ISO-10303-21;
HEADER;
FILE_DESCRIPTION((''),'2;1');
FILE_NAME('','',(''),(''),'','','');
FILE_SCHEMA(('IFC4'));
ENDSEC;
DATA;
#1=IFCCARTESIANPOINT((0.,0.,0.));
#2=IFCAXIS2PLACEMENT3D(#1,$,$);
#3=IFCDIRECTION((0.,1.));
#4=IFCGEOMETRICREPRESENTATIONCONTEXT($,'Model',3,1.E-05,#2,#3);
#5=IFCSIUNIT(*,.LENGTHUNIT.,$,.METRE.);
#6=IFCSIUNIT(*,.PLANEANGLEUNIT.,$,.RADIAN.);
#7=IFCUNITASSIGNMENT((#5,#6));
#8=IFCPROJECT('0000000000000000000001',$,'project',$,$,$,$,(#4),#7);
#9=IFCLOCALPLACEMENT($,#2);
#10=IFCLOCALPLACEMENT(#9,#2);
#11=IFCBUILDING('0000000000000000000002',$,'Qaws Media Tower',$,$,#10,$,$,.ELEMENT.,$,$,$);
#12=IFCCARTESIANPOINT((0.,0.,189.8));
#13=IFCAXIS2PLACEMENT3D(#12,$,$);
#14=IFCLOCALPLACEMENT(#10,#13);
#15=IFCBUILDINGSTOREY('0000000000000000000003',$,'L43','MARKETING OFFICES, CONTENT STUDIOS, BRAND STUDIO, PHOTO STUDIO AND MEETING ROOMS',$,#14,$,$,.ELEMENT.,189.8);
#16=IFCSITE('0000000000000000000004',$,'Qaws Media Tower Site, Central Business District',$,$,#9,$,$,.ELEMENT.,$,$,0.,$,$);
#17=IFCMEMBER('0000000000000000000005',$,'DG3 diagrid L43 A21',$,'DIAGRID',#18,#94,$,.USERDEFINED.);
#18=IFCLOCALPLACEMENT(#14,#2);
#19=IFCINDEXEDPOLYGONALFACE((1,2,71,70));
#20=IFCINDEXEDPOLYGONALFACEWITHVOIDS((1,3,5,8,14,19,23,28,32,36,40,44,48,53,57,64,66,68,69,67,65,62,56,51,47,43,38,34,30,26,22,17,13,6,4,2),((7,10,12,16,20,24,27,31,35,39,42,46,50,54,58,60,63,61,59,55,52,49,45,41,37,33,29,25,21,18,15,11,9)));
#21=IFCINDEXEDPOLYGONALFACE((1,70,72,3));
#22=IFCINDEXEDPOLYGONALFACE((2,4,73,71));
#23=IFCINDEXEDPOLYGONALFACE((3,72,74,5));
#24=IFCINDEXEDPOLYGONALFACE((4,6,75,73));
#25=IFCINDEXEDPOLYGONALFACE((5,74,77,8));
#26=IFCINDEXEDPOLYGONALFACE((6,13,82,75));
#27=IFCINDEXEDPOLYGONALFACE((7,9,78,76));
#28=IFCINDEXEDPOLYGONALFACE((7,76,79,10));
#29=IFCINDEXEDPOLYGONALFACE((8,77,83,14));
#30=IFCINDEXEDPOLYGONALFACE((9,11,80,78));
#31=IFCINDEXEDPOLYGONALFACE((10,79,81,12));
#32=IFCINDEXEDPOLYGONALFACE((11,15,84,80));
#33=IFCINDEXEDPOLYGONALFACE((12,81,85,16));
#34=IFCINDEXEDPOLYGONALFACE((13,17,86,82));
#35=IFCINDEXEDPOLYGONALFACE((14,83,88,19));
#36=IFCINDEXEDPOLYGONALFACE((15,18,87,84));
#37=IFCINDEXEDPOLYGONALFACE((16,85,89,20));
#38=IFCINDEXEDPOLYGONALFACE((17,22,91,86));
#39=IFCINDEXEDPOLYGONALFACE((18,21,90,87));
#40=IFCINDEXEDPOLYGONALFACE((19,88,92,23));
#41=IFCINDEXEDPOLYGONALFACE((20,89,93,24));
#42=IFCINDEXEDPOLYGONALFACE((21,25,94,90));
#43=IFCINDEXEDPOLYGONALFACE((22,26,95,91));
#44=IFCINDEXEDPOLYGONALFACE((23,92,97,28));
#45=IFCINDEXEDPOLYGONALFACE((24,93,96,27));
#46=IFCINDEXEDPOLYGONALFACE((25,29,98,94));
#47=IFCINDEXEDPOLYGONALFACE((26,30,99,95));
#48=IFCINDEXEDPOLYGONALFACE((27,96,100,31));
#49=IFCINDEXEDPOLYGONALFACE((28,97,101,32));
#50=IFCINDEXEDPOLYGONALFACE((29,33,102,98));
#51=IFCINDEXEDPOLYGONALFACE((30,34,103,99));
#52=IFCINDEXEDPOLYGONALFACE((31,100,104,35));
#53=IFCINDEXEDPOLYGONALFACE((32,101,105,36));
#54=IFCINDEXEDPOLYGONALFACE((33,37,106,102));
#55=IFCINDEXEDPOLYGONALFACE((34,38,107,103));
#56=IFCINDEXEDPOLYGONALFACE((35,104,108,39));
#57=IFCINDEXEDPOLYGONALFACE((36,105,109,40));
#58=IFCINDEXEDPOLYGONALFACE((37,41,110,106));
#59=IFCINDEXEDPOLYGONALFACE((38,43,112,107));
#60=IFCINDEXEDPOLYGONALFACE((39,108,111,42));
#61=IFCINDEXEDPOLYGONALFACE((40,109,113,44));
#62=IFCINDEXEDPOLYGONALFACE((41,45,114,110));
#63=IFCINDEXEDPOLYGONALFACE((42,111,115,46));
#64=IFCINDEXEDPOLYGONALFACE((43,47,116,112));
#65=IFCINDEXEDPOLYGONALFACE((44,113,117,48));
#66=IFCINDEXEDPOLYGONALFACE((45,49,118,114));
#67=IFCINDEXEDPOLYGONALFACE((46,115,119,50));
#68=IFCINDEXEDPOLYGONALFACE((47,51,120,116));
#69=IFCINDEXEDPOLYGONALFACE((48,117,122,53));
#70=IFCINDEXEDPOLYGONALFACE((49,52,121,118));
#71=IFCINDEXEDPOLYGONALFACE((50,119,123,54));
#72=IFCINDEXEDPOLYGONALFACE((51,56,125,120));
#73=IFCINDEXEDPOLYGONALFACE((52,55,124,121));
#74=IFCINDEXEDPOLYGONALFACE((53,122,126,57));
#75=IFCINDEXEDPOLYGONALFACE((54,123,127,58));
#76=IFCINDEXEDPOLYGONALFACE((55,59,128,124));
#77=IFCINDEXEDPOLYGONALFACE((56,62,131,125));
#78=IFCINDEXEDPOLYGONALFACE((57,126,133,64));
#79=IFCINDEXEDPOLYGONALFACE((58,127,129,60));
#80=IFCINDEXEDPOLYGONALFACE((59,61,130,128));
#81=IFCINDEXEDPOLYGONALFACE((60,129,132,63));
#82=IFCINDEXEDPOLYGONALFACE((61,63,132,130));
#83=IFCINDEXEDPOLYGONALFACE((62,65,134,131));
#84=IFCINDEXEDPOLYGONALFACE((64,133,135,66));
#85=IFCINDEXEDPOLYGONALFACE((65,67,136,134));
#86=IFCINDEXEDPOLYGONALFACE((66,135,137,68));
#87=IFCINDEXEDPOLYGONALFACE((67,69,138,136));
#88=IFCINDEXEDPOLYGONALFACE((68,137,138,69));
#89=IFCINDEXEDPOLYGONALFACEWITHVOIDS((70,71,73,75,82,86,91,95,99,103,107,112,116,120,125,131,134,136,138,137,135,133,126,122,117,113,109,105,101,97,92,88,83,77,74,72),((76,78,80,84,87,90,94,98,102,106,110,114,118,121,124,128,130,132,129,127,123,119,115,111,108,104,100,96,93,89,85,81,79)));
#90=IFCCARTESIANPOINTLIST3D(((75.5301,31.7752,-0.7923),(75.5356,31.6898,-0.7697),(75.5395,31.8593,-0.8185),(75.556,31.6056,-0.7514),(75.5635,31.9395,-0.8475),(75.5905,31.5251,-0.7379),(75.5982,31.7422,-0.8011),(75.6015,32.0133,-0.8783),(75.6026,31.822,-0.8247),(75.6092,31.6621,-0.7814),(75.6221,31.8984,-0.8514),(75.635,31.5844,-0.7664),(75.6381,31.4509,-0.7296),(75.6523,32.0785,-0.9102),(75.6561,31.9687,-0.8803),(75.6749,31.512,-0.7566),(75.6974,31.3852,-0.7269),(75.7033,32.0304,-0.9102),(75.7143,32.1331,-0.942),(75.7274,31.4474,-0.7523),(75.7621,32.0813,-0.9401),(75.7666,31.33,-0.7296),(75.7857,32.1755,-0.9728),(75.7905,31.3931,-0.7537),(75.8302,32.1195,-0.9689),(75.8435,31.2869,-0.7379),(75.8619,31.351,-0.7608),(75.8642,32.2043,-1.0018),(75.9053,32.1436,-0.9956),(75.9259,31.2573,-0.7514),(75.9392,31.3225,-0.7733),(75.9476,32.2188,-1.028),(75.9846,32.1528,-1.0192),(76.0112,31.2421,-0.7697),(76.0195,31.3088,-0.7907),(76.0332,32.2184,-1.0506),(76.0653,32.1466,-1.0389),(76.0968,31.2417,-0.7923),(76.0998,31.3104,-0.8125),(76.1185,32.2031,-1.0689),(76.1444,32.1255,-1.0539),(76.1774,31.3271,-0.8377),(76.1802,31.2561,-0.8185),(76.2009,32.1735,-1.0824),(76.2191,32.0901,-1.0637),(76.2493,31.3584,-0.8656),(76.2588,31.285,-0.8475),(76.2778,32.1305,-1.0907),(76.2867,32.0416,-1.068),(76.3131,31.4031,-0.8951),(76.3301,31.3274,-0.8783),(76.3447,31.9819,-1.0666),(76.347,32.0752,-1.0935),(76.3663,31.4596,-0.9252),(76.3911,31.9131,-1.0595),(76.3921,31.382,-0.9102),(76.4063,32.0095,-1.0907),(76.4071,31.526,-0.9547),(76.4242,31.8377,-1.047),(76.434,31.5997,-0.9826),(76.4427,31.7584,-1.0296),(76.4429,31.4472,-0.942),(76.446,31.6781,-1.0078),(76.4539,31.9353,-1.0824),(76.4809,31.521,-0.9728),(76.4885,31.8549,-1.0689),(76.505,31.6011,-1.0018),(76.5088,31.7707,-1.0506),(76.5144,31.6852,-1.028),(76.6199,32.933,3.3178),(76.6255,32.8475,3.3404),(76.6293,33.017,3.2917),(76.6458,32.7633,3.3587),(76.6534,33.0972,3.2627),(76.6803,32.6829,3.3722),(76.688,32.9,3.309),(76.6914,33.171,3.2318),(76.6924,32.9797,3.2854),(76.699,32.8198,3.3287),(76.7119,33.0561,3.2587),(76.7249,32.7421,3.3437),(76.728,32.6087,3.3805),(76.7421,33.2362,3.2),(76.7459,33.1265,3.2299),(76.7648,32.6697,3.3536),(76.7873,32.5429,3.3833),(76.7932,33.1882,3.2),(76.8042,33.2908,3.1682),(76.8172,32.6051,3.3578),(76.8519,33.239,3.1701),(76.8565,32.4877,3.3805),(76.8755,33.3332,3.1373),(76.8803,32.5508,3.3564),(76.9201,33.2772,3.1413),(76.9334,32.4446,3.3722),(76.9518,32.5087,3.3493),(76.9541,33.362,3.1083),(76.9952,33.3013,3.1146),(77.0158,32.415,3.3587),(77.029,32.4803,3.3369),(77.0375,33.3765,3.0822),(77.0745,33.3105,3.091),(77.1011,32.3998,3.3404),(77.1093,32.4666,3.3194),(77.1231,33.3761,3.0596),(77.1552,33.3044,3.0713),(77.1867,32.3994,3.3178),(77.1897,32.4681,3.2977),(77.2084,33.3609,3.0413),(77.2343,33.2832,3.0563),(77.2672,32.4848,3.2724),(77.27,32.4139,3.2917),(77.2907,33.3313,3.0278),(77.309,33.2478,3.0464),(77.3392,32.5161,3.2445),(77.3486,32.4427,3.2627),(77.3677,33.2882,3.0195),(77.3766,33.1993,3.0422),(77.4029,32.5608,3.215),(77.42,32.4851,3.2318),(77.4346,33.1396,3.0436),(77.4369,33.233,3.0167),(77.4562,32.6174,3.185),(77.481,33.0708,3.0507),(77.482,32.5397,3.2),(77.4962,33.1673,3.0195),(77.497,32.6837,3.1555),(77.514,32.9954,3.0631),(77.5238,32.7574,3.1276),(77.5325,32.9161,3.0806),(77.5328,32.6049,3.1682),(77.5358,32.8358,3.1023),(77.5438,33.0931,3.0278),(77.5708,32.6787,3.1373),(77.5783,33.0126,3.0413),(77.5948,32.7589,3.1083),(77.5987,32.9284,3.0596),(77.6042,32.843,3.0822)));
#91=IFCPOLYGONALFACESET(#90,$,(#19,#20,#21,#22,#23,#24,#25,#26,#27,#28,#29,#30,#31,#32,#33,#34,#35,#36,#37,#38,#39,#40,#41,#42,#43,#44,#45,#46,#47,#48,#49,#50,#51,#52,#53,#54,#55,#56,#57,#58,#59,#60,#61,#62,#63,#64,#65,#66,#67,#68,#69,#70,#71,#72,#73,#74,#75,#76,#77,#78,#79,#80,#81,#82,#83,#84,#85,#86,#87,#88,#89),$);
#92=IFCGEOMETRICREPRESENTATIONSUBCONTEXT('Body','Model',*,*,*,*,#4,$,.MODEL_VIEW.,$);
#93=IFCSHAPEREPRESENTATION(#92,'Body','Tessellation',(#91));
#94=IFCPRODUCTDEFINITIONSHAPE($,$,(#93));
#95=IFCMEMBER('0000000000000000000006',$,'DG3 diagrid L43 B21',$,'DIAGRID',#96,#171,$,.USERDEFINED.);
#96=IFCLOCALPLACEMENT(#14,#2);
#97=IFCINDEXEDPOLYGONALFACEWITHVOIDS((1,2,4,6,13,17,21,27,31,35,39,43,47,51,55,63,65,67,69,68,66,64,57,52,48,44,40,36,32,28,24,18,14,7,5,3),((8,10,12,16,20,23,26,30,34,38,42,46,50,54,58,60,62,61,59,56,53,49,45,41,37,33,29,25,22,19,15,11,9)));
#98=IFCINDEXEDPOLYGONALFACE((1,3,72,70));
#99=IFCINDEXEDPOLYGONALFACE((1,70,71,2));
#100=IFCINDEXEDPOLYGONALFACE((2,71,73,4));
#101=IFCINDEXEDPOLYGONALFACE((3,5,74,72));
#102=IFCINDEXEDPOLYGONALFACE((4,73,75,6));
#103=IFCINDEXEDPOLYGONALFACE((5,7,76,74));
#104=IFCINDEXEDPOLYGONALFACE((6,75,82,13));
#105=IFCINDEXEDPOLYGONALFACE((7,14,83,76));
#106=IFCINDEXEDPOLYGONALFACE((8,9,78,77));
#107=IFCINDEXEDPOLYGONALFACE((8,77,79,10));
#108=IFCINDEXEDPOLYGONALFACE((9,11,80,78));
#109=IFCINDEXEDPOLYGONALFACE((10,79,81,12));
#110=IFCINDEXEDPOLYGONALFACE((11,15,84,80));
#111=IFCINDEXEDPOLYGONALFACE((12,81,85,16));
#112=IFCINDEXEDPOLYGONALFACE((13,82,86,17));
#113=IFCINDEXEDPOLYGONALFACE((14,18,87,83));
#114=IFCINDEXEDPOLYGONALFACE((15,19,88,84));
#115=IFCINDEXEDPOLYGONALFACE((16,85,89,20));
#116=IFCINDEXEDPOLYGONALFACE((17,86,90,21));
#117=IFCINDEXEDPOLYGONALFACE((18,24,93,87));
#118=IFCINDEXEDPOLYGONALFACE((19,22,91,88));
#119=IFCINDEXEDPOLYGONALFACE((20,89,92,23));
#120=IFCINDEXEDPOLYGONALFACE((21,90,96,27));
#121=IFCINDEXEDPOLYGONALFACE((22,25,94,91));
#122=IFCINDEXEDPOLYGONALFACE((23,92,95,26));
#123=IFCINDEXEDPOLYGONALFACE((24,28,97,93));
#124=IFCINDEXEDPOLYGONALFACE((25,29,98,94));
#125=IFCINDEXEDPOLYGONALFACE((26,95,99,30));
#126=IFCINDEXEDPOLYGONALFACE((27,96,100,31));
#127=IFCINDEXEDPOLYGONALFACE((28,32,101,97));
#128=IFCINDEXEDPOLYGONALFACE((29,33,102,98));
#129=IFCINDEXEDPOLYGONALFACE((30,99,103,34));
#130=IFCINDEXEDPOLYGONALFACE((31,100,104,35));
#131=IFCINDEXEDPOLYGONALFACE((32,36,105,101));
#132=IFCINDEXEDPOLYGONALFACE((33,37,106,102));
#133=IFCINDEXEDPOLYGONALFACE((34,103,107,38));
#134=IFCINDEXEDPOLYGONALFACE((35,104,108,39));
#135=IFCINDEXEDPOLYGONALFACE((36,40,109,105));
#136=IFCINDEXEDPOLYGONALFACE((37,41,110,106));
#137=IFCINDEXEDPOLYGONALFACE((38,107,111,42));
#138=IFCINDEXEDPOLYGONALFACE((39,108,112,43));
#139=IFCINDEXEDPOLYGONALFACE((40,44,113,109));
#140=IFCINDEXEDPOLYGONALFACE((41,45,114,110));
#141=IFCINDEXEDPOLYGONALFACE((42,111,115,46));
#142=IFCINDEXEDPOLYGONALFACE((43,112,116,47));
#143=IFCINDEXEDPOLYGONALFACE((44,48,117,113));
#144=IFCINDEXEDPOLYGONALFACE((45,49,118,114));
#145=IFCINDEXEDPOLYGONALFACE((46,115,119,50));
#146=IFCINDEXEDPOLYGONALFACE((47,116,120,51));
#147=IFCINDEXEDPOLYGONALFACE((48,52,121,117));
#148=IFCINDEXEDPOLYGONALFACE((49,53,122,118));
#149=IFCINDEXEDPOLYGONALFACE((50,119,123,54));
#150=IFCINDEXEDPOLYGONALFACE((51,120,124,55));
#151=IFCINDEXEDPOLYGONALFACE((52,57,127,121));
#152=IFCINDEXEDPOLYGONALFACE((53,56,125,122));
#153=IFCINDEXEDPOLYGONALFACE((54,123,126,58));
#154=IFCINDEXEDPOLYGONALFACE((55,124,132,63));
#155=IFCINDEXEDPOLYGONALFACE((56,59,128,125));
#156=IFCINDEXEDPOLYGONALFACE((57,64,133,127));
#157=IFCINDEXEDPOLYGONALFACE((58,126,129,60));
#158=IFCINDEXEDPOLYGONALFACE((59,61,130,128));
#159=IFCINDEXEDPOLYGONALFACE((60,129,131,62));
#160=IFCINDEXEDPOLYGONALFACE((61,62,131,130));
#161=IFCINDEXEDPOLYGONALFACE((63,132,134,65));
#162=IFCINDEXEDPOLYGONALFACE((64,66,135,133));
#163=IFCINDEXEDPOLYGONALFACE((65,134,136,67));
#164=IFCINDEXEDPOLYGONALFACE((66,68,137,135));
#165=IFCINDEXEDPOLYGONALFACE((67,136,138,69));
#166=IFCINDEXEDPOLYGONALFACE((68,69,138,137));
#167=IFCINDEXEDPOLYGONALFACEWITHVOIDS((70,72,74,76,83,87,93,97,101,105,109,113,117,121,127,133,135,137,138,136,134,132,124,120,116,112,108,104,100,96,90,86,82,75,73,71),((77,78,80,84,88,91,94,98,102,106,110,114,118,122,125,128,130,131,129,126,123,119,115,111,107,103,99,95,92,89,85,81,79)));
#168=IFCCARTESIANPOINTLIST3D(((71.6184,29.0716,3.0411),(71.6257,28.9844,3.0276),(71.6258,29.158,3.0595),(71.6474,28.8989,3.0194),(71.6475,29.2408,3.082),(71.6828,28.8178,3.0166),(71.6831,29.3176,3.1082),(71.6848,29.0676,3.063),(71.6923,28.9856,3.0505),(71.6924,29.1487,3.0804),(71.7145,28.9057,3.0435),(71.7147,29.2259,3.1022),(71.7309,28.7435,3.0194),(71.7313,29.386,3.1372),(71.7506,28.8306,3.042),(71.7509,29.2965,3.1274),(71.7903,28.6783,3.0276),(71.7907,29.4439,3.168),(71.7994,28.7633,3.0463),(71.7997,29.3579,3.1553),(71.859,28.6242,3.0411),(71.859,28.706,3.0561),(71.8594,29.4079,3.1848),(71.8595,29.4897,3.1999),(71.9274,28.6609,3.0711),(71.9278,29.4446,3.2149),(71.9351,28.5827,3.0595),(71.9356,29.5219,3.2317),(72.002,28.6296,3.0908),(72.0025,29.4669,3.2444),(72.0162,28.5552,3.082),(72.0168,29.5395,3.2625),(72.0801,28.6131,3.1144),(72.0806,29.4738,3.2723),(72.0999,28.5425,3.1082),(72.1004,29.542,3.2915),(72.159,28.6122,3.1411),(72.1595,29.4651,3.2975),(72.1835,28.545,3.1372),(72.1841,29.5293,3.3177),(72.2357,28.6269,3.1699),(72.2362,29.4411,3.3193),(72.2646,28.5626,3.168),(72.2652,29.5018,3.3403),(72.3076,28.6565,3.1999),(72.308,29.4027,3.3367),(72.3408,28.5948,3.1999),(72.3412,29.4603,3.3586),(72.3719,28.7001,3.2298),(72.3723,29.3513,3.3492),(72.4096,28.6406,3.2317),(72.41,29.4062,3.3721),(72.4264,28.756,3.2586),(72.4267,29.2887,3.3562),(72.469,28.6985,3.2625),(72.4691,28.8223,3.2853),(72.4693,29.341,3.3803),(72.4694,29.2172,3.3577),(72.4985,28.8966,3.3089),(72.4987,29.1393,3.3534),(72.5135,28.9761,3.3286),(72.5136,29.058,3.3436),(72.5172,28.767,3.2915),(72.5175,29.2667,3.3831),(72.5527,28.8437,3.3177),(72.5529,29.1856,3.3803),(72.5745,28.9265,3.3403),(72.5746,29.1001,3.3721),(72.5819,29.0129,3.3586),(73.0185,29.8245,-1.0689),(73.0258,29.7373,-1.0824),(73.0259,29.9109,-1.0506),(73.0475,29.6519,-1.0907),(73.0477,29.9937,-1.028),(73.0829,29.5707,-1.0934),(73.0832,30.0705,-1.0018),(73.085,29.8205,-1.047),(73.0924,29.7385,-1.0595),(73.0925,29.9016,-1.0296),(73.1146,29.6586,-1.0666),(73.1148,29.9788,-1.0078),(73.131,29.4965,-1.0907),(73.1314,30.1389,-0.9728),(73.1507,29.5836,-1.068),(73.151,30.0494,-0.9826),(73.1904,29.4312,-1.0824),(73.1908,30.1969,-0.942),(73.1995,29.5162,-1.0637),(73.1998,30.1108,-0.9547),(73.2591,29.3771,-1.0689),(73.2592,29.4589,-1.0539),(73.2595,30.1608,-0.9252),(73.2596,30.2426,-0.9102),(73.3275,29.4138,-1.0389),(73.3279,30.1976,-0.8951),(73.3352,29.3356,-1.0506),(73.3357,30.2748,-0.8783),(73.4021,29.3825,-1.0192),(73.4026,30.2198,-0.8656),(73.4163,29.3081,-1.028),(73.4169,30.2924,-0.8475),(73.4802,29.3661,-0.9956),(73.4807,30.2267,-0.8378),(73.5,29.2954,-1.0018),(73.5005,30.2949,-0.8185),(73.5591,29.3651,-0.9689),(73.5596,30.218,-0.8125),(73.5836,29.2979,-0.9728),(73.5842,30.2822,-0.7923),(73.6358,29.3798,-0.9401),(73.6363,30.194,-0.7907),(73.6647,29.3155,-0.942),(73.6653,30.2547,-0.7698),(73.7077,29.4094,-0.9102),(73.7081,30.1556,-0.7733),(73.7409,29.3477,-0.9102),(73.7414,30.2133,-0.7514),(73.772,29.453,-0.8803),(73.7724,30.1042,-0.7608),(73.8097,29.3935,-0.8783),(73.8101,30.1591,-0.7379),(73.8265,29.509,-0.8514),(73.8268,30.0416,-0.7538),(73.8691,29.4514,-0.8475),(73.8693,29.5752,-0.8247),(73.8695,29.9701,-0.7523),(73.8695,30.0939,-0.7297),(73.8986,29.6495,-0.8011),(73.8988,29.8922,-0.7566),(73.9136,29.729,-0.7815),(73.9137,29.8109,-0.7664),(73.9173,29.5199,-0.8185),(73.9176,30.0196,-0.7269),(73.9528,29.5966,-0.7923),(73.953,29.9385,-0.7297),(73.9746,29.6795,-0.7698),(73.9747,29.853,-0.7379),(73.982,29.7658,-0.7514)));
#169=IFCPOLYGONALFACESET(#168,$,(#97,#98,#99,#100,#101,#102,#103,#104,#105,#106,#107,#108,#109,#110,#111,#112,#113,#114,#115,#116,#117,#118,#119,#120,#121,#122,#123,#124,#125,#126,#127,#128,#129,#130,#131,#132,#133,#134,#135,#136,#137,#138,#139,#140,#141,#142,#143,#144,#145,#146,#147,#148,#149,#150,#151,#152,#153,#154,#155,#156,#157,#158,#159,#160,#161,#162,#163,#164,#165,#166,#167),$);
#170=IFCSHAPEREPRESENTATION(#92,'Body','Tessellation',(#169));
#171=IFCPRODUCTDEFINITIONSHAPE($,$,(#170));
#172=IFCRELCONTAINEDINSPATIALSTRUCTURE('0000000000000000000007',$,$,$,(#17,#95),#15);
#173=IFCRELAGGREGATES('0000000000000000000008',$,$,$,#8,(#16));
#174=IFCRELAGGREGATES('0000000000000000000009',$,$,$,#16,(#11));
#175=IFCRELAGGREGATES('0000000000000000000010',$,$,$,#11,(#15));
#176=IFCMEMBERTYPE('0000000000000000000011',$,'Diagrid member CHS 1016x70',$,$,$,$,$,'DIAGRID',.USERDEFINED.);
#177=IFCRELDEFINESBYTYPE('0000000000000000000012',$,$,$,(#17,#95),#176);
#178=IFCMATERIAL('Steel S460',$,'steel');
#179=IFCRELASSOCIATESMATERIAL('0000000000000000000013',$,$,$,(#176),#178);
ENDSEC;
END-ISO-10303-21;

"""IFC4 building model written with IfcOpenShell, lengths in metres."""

from ifc_helpers import new_model, si_unit, direction, frame, origin, origin_2d, place, context, subcontext, project, spatial, hollow_circle, extrude, material, material_profile, profile_set, type_object, element, save


model = new_model("IFC4")

# Units and contexts
model_context = context("Model", 3, precision=1e-05, world=origin(), true_north=direction((0.0, 1.0)))
body_context = subcontext(model_context, "Body", "Model", "MODEL_VIEW")
ifc_project = project(units=[si_unit("LENGTHUNIT", "METRE"), si_unit("PLANEANGLEUNIT", "RADIAN")], contexts=[model_context])

# Site, building, storey
site_placement = place(None, origin())
site = spatial("IfcSite", under=ifc_project, at=site_placement, Name="Qaws Media Tower Site, Central Business District", CompositionType="ELEMENT", RefElevation=0.0)
building_placement = place(site_placement, origin())
building = spatial("IfcBuilding", under=site, at=building_placement, Name="Qaws Media Tower", CompositionType="ELEMENT")
storey_placement = place(building_placement, frame((0.0, 0.0, 189.8)))
storey = spatial("IfcBuildingStorey", under=building, at=storey_placement, Name="L43", Description="MARKETING OFFICES, CONTENT STUDIOS, BRAND STUDIO, PHOTO STUDIO AND MEETING ROOMS", CompositionType="ELEMENT", Elevation=189.8)

# Members
ifc_material_1 = material(Name="Steel S460", Category="steel")
ifc_material_profile_1 = material_profile(ifc_material_1, hollow_circle(Radius=0.5081, WallThickness=0.0701, at=origin_2d()), Name="CHS 1016x70")
ifc_profile_set_1 = profile_set([ifc_material_profile_1], Name="Steel S460")
member_type_1 = type_object("IfcMemberType", Name="Diagrid member CHS 1016x70", ElementType="DIAGRID", PredefinedType="USERDEFINED", material=ifc_profile_set_1)
member_1_placement = place(storey_placement, frame((76.0222, 31.7302, -0.9102), z_axis=(0.247302, 0.262703, 0.932646), x_axis=(-0.728128, 0.685441, 0.0)))
element("IfcMember", 1, at=member_1_placement, inside=storey, type_object=member_type_1, Name="DG3 diagrid L43 A21", ObjectType="DIAGRID", PredefinedType="USERDEFINED", context=body_context, shape_type="SweptSolid", body=[
    extrude(hollow_circle(Radius=0.5081, WallThickness=0.0701, at=origin_2d()), origin(), (0.0, 0.0, 1.0), 4.407),
])
for number, where, z_axis, x_axis, name in (
    (2, (73.5002, 29.7952, -0.9102), (-0.317721, -0.170855, 0.932664), (0.473614, -0.880732, 0.0), "DG3 diagrid L43 B21"),
):
    element("IfcMember", number, at=place(storey_placement, frame(where, z_axis=z_axis, x_axis=x_axis)), inside=storey, type_object=member_type_1, Name=name, ObjectType="DIAGRID", PredefinedType="USERDEFINED", context=body_context, shape_type="SweptSolid", body=[
        extrude(hollow_circle(Radius=0.5081, WallThickness=0.0701, at=origin_2d()), origin(), (0.0, 0.0, 1.0), 4.4067),
    ])

save(model, "model.ifc")
